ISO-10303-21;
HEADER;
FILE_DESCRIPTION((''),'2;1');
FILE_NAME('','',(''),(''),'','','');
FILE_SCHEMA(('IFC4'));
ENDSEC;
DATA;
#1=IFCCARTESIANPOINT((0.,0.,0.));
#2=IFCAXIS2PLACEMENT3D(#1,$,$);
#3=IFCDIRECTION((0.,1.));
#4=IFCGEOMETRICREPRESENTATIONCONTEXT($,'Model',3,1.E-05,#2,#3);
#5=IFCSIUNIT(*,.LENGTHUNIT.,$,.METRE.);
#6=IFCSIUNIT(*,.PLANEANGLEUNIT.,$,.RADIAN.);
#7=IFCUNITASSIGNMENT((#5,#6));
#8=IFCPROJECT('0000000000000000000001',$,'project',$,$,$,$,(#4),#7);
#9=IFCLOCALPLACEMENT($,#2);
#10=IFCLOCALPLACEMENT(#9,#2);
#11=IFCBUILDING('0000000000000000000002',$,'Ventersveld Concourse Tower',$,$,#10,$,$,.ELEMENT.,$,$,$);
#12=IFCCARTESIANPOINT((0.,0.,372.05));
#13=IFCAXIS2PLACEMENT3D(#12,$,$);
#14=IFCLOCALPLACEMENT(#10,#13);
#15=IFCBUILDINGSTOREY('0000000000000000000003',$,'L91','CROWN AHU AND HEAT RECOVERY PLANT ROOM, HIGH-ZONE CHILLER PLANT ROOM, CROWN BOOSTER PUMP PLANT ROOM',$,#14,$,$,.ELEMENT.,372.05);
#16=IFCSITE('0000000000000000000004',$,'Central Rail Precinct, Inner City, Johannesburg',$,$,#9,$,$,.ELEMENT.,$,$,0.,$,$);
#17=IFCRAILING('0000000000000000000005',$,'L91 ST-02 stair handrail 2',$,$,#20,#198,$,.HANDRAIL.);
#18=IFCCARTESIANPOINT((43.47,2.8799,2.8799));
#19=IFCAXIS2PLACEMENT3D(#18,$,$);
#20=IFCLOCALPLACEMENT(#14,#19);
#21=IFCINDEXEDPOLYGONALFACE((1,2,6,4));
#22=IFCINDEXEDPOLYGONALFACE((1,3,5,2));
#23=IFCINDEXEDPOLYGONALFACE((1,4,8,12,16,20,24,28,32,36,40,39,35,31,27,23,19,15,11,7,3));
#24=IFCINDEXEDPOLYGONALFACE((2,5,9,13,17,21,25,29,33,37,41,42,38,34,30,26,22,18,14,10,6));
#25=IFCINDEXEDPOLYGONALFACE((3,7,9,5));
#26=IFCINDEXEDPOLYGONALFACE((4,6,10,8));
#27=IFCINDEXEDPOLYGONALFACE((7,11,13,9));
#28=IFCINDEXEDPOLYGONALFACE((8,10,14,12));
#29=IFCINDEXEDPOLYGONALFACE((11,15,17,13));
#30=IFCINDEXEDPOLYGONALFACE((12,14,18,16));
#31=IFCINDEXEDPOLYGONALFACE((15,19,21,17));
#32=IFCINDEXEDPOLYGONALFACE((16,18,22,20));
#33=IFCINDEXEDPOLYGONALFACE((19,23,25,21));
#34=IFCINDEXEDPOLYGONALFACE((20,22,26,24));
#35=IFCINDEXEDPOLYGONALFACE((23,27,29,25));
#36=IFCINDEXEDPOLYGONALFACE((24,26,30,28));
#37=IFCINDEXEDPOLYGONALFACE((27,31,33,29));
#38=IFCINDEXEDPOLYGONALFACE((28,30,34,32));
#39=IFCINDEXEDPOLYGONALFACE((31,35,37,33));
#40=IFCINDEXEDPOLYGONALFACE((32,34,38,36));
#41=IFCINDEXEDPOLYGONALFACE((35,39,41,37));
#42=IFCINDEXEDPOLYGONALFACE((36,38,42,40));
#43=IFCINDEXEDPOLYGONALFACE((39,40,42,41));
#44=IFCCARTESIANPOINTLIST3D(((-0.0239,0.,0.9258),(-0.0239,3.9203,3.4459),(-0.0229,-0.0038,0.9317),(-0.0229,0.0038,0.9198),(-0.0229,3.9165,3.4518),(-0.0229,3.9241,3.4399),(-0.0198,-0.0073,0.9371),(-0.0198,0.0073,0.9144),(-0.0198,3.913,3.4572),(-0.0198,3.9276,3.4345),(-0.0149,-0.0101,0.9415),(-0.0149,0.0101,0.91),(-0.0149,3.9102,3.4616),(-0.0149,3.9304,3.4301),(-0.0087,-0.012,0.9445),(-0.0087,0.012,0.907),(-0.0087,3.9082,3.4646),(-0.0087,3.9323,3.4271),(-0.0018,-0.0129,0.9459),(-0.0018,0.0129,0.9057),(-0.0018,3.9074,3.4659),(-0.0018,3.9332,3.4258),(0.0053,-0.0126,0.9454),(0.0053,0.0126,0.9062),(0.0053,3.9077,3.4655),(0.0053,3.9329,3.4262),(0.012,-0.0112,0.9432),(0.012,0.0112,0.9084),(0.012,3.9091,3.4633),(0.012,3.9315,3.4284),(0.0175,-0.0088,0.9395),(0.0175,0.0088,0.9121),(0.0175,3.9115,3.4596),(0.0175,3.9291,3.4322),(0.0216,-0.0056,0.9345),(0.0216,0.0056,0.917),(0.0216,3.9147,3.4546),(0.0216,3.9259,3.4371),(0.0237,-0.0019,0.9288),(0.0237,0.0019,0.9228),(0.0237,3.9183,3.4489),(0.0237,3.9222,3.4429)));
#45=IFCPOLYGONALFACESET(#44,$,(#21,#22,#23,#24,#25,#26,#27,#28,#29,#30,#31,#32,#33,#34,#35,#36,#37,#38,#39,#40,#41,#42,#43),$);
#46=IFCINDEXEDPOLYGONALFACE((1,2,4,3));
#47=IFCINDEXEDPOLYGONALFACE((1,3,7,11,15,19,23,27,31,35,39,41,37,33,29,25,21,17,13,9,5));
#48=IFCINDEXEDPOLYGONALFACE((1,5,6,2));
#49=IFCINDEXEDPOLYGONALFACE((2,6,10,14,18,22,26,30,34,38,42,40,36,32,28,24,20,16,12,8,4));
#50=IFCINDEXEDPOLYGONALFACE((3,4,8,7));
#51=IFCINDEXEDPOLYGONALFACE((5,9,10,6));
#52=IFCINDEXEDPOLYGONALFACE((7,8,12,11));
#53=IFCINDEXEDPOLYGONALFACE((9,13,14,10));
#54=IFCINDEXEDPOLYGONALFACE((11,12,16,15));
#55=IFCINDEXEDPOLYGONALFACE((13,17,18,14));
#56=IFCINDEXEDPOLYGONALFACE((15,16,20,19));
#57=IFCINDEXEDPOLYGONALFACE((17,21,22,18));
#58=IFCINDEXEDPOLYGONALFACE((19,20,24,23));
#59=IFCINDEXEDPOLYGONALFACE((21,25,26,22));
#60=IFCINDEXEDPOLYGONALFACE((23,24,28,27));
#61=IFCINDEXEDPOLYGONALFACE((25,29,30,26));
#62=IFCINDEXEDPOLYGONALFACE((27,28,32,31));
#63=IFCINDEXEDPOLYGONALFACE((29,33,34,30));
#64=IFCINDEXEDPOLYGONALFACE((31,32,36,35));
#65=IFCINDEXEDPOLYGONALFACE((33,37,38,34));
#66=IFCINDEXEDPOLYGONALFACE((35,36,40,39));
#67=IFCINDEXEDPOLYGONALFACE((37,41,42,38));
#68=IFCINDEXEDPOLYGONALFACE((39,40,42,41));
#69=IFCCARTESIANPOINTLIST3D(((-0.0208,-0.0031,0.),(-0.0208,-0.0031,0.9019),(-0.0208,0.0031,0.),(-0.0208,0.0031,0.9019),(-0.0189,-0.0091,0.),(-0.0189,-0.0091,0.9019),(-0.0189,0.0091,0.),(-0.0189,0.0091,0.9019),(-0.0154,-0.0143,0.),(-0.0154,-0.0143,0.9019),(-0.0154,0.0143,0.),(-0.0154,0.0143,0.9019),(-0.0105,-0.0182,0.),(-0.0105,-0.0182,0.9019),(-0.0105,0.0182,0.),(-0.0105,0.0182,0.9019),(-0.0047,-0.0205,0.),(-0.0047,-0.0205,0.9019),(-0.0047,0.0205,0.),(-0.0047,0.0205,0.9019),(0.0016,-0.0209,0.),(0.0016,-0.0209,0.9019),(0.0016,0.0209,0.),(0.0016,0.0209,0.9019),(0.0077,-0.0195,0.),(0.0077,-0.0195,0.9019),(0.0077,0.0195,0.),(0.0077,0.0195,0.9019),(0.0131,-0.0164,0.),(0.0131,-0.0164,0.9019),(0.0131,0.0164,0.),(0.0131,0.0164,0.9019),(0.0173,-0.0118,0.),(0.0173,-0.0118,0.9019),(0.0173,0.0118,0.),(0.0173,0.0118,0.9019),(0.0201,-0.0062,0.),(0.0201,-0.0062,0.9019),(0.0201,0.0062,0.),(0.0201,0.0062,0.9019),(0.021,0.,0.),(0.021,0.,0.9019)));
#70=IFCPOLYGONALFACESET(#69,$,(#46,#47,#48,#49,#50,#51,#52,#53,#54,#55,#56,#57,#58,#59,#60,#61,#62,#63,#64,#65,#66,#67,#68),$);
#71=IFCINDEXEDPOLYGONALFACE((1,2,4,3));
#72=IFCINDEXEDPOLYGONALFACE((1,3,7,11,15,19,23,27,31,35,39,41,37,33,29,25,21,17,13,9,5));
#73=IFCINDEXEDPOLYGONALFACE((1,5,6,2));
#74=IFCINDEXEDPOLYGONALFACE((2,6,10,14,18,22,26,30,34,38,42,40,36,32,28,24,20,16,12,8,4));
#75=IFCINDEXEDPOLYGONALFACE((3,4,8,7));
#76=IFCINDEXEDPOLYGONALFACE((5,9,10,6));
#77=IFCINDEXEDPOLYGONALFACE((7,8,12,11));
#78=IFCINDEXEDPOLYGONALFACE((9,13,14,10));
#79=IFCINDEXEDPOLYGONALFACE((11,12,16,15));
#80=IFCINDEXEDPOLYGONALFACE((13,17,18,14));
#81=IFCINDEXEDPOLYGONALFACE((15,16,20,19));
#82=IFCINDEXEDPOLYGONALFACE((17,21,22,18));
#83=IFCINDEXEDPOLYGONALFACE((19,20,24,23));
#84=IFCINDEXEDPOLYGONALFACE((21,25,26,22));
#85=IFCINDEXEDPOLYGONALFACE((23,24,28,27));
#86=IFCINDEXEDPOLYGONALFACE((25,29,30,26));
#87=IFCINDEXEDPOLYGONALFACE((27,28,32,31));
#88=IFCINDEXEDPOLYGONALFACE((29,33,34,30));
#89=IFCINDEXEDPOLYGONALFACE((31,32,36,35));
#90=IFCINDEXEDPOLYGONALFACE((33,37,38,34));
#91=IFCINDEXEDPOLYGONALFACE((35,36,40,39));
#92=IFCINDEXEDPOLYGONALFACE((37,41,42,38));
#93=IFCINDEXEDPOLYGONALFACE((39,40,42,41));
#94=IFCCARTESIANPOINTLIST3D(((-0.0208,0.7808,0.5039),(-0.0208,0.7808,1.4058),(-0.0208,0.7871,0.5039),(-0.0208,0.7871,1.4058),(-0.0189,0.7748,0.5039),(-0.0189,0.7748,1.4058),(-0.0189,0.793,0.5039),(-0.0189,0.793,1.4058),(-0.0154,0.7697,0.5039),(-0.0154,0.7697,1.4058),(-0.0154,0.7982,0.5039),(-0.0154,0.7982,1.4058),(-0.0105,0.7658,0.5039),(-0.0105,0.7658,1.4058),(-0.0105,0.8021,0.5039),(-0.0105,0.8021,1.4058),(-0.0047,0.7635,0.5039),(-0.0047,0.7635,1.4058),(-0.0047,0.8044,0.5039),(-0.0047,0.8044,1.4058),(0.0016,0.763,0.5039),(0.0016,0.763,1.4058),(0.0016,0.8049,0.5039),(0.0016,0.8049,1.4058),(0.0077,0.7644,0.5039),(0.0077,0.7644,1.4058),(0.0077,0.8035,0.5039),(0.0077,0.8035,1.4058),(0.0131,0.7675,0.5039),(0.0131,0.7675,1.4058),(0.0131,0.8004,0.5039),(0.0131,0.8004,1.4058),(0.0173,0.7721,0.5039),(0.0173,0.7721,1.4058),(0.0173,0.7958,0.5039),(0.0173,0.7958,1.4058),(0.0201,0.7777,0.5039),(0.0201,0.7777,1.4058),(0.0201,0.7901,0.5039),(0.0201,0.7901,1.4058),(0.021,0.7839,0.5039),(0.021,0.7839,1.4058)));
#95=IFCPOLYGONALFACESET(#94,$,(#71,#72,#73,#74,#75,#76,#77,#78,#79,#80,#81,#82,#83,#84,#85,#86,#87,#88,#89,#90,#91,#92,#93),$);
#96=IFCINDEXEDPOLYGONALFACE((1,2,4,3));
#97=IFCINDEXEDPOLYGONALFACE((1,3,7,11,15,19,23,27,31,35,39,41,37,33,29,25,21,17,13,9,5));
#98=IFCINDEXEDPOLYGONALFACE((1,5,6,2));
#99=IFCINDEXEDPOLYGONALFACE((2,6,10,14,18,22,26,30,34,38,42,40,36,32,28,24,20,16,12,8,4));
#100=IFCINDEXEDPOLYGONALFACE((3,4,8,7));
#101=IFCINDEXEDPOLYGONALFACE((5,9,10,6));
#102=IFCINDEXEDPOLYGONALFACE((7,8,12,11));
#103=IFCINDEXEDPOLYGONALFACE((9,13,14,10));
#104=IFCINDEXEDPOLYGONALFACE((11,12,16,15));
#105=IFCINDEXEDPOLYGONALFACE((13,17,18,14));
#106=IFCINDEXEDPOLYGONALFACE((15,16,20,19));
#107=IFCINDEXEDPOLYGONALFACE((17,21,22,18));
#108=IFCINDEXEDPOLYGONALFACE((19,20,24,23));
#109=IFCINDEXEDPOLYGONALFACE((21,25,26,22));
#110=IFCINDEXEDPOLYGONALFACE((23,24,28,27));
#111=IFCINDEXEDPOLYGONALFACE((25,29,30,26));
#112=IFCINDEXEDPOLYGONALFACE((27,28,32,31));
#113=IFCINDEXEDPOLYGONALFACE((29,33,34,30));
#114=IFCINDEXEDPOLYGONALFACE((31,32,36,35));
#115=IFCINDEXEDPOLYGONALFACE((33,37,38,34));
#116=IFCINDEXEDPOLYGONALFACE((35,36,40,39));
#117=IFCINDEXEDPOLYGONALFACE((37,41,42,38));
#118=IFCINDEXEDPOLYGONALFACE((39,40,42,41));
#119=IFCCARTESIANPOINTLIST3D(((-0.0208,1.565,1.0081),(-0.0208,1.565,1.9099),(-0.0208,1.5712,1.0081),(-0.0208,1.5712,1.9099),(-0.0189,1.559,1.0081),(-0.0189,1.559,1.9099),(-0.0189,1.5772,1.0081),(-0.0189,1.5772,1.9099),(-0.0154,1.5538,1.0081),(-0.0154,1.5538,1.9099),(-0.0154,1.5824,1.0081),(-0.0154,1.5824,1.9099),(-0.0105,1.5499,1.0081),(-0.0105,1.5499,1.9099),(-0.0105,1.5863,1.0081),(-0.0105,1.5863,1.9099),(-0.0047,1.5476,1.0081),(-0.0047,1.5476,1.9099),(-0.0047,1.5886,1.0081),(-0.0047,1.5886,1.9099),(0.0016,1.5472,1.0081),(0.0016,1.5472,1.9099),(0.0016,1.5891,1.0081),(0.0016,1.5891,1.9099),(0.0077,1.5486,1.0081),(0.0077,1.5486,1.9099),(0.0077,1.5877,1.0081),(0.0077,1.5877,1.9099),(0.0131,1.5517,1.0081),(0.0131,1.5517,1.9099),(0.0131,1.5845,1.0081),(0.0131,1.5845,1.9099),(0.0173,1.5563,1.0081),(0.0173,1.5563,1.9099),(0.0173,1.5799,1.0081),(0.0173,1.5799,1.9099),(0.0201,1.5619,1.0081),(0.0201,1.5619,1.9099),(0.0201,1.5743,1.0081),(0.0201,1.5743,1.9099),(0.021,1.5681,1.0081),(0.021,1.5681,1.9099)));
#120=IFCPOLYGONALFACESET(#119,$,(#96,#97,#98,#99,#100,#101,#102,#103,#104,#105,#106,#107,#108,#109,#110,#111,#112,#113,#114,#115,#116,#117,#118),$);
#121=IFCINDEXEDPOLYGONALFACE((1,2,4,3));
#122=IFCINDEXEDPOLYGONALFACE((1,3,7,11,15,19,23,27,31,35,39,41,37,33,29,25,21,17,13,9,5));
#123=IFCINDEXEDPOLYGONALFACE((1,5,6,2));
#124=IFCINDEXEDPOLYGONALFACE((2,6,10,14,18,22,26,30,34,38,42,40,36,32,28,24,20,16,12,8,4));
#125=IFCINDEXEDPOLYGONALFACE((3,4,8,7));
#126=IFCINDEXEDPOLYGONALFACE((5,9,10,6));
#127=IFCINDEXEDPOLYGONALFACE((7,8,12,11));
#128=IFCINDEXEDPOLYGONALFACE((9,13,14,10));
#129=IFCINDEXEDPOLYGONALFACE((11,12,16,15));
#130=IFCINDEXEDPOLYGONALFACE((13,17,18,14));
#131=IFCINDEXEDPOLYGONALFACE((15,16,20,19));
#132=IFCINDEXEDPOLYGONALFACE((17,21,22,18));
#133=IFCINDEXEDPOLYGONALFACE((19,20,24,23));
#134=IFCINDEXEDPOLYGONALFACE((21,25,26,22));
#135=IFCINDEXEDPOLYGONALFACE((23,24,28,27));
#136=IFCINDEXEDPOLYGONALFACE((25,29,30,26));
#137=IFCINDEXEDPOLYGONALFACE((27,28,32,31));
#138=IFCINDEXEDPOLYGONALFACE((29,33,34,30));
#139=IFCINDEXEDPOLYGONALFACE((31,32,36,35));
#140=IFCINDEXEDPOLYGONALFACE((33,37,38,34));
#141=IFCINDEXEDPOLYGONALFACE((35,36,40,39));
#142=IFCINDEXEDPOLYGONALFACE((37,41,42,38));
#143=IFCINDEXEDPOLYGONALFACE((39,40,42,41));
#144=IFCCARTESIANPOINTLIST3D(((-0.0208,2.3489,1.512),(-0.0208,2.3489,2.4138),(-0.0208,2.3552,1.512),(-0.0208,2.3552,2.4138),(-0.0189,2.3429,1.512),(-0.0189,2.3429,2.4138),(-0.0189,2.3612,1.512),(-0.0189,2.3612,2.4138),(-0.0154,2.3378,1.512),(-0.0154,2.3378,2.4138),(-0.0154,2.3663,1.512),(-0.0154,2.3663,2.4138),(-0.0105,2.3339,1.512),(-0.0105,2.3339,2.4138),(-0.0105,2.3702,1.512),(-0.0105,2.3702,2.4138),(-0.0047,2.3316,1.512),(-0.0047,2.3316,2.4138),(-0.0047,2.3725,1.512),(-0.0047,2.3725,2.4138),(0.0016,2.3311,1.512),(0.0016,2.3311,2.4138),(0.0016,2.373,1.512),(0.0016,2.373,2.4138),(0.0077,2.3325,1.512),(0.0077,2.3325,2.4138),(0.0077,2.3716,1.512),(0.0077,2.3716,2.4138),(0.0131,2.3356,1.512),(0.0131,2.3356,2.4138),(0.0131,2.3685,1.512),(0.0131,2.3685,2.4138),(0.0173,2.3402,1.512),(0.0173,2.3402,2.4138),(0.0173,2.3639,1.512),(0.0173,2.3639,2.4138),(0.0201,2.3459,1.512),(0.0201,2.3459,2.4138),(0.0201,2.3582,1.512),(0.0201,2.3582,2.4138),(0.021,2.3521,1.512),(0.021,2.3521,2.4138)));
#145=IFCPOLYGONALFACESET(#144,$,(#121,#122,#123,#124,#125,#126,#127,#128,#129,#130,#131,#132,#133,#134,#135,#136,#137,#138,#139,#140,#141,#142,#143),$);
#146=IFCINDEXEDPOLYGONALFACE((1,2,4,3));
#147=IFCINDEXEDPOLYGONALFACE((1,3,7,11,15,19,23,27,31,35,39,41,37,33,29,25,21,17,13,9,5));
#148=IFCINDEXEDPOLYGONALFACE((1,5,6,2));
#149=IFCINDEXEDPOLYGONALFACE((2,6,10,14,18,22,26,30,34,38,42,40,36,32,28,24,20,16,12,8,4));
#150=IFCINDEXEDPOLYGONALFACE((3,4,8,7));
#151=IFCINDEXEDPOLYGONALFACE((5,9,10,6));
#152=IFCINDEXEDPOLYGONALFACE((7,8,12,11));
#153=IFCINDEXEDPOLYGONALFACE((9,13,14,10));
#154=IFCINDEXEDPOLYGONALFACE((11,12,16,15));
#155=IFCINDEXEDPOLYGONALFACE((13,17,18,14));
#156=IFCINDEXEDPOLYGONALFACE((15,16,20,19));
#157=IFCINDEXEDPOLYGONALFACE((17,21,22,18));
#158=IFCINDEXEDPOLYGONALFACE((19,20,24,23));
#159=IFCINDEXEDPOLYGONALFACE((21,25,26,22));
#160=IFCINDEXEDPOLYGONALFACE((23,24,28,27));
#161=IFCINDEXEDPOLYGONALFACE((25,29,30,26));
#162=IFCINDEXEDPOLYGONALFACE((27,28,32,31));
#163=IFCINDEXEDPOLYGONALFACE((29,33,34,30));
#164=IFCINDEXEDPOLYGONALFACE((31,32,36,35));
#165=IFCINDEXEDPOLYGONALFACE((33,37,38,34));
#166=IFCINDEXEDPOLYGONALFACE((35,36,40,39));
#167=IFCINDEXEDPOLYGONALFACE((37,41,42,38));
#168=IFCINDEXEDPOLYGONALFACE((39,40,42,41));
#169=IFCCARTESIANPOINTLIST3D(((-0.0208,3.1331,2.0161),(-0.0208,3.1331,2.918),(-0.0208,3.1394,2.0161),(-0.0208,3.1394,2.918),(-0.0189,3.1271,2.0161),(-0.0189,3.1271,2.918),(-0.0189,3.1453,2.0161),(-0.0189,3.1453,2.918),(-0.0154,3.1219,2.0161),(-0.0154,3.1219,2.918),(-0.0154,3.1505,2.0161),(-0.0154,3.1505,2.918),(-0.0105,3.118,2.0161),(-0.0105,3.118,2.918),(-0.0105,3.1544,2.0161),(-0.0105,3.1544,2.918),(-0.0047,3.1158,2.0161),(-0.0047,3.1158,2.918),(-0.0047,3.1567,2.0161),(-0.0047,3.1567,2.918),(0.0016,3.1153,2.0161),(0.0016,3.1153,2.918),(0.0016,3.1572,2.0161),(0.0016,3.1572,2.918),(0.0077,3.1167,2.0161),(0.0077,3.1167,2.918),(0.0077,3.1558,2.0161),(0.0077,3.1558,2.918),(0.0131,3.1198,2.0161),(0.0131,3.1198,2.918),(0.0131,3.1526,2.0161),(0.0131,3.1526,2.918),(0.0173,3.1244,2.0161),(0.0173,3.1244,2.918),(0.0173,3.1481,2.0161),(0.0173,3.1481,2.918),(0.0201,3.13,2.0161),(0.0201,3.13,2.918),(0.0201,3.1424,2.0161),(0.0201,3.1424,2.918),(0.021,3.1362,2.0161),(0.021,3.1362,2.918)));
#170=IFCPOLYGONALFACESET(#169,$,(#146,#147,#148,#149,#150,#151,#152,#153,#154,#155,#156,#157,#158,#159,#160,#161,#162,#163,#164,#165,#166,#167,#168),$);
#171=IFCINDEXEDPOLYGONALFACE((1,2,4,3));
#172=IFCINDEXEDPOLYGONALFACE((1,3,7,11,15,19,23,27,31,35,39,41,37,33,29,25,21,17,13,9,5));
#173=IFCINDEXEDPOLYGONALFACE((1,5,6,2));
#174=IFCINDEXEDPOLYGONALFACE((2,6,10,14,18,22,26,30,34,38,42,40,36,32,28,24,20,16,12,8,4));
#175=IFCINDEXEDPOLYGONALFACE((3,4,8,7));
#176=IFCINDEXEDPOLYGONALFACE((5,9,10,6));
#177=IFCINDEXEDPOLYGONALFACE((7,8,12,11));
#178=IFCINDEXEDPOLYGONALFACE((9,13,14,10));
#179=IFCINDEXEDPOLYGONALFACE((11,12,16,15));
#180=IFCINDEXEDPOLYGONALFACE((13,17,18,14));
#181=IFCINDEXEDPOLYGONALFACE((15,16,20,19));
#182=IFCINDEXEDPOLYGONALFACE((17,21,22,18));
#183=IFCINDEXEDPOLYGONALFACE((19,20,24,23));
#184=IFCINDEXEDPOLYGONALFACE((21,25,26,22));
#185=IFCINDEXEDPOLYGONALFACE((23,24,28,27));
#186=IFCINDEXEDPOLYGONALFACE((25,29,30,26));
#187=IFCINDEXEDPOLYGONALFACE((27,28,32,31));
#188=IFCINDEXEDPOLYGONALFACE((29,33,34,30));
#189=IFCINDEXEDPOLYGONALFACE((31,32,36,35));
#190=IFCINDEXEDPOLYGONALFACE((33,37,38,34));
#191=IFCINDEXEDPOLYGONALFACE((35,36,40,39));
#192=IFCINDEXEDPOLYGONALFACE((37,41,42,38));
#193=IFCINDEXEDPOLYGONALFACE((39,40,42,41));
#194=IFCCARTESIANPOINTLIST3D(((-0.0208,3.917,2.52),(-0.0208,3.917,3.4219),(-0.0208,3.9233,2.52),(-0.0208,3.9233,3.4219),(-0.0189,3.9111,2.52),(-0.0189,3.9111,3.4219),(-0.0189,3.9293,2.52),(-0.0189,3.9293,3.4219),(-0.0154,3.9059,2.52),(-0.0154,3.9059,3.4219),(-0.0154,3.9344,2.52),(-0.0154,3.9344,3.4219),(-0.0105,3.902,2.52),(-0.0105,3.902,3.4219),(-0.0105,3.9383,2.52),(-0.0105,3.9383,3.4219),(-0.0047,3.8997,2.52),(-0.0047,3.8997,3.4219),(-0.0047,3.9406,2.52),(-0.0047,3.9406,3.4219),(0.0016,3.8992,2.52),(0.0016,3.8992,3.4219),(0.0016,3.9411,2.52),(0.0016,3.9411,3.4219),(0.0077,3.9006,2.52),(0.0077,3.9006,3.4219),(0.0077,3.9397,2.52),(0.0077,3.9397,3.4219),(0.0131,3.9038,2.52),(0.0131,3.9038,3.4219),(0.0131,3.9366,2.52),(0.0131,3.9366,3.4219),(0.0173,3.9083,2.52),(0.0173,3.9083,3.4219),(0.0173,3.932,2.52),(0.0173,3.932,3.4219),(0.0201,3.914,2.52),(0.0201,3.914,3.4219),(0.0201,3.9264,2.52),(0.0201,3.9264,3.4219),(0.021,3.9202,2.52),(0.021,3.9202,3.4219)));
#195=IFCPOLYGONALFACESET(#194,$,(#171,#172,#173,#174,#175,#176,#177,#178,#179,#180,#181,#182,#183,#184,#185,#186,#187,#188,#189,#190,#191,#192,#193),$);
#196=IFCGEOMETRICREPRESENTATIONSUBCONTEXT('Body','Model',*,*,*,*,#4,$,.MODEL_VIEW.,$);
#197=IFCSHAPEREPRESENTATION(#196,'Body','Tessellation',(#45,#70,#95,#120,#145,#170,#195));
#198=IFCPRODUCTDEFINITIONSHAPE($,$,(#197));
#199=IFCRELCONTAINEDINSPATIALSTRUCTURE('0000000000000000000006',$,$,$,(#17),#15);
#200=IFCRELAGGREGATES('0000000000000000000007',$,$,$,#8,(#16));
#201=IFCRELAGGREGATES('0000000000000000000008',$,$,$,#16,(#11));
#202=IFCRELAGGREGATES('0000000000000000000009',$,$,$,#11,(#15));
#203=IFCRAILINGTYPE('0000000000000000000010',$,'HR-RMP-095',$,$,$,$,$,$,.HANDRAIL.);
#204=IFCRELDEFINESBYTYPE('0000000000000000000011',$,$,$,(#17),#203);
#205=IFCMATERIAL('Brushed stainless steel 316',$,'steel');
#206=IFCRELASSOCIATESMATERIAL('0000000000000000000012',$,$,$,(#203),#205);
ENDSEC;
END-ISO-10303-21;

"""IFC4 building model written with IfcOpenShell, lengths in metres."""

from ifc_helpers import new_model, si_unit, direction, frame, origin, origin_2d, place, context, subcontext, project, spatial, circle, extrude, material, type_object, element, save


model = new_model("IFC4")

# Units and contexts
model_context = context("Model", 3, precision=1e-05, world=origin(), true_north=direction((0.0, 1.0)))
body_context = subcontext(model_context, "Body", "Model", "MODEL_VIEW")
ifc_project = project(units=[si_unit("LENGTHUNIT", "METRE"), si_unit("PLANEANGLEUNIT", "RADIAN")], contexts=[model_context])

# Site, building, storey
site_placement = place(None, origin())
site = spatial("IfcSite", under=ifc_project, at=site_placement, Name="Central Rail Precinct, Inner City, Johannesburg", CompositionType="ELEMENT", RefElevation=0.0)
building_placement = place(site_placement, origin())
building = spatial("IfcBuilding", under=site, at=building_placement, Name="Ventersveld Concourse Tower", CompositionType="ELEMENT")
storey_placement = place(building_placement, frame((0.0, 0.0, 372.05)))
storey = spatial("IfcBuildingStorey", under=building, at=storey_placement, Name="L91", Description="CROWN AHU AND HEAT RECOVERY PLANT ROOM, HIGH-ZONE CHILLER PLANT ROOM, CROWN BOOSTER PUMP PLANT ROOM", CompositionType="ELEMENT", Elevation=372.05)

# Shared definitions
ifc_material_1 = material(Name="Brushed stainless steel 316", Category="steel")

# Railing
railing_type_1 = type_object("IfcRailingType", Name="HR-RMP-095", PredefinedType="HANDRAIL", material=ifc_material_1)
railing_1_placement = place(storey_placement, frame((43.47, 2.8799, 2.8799)))
element("IfcRailing", 1, at=railing_1_placement, inside=storey, type_object=railing_type_1, Name="L91 ST-02 stair handrail 2", PredefinedType="HANDRAIL", context=body_context, shape_type="SweptSolid", body=[
    extrude(circle(Radius=0.0239, at=origin_2d()), frame((0.0, 0.0, 0.9258), z_axis=(0.0, 0.841187, 0.540744), x_axis=(-1.0, 0.0, 0.0)), (0.0, 0.0, 1.0), 4.6604),
    extrude(circle(Radius=0.021, at=origin_2d()), origin(), (0.0, 0.0, 1.0), 0.9019),
    extrude(circle(Radius=0.021, at=origin_2d()), frame((0.0, 0.7839, 0.5039)), (0.0, 0.0, 1.0), 0.9019),
    extrude(circle(Radius=0.021, at=origin_2d()), frame((0.0, 1.5681, 1.0081)), (0.0, 0.0, 1.0), 0.9019),
    extrude(circle(Radius=0.021, at=origin_2d()), frame((0.0, 2.3521, 1.512)), (0.0, 0.0, 1.0), 0.9019),
    extrude(circle(Radius=0.021, at=origin_2d()), frame((0.0, 3.1362, 2.0161)), (0.0, 0.0, 1.0), 0.9019),
    extrude(circle(Radius=0.021, at=origin_2d()), frame((0.0, 3.9202, 2.52)), (0.0, 0.0, 1.0), 0.9019),
])

save(model, "model.ifc")
